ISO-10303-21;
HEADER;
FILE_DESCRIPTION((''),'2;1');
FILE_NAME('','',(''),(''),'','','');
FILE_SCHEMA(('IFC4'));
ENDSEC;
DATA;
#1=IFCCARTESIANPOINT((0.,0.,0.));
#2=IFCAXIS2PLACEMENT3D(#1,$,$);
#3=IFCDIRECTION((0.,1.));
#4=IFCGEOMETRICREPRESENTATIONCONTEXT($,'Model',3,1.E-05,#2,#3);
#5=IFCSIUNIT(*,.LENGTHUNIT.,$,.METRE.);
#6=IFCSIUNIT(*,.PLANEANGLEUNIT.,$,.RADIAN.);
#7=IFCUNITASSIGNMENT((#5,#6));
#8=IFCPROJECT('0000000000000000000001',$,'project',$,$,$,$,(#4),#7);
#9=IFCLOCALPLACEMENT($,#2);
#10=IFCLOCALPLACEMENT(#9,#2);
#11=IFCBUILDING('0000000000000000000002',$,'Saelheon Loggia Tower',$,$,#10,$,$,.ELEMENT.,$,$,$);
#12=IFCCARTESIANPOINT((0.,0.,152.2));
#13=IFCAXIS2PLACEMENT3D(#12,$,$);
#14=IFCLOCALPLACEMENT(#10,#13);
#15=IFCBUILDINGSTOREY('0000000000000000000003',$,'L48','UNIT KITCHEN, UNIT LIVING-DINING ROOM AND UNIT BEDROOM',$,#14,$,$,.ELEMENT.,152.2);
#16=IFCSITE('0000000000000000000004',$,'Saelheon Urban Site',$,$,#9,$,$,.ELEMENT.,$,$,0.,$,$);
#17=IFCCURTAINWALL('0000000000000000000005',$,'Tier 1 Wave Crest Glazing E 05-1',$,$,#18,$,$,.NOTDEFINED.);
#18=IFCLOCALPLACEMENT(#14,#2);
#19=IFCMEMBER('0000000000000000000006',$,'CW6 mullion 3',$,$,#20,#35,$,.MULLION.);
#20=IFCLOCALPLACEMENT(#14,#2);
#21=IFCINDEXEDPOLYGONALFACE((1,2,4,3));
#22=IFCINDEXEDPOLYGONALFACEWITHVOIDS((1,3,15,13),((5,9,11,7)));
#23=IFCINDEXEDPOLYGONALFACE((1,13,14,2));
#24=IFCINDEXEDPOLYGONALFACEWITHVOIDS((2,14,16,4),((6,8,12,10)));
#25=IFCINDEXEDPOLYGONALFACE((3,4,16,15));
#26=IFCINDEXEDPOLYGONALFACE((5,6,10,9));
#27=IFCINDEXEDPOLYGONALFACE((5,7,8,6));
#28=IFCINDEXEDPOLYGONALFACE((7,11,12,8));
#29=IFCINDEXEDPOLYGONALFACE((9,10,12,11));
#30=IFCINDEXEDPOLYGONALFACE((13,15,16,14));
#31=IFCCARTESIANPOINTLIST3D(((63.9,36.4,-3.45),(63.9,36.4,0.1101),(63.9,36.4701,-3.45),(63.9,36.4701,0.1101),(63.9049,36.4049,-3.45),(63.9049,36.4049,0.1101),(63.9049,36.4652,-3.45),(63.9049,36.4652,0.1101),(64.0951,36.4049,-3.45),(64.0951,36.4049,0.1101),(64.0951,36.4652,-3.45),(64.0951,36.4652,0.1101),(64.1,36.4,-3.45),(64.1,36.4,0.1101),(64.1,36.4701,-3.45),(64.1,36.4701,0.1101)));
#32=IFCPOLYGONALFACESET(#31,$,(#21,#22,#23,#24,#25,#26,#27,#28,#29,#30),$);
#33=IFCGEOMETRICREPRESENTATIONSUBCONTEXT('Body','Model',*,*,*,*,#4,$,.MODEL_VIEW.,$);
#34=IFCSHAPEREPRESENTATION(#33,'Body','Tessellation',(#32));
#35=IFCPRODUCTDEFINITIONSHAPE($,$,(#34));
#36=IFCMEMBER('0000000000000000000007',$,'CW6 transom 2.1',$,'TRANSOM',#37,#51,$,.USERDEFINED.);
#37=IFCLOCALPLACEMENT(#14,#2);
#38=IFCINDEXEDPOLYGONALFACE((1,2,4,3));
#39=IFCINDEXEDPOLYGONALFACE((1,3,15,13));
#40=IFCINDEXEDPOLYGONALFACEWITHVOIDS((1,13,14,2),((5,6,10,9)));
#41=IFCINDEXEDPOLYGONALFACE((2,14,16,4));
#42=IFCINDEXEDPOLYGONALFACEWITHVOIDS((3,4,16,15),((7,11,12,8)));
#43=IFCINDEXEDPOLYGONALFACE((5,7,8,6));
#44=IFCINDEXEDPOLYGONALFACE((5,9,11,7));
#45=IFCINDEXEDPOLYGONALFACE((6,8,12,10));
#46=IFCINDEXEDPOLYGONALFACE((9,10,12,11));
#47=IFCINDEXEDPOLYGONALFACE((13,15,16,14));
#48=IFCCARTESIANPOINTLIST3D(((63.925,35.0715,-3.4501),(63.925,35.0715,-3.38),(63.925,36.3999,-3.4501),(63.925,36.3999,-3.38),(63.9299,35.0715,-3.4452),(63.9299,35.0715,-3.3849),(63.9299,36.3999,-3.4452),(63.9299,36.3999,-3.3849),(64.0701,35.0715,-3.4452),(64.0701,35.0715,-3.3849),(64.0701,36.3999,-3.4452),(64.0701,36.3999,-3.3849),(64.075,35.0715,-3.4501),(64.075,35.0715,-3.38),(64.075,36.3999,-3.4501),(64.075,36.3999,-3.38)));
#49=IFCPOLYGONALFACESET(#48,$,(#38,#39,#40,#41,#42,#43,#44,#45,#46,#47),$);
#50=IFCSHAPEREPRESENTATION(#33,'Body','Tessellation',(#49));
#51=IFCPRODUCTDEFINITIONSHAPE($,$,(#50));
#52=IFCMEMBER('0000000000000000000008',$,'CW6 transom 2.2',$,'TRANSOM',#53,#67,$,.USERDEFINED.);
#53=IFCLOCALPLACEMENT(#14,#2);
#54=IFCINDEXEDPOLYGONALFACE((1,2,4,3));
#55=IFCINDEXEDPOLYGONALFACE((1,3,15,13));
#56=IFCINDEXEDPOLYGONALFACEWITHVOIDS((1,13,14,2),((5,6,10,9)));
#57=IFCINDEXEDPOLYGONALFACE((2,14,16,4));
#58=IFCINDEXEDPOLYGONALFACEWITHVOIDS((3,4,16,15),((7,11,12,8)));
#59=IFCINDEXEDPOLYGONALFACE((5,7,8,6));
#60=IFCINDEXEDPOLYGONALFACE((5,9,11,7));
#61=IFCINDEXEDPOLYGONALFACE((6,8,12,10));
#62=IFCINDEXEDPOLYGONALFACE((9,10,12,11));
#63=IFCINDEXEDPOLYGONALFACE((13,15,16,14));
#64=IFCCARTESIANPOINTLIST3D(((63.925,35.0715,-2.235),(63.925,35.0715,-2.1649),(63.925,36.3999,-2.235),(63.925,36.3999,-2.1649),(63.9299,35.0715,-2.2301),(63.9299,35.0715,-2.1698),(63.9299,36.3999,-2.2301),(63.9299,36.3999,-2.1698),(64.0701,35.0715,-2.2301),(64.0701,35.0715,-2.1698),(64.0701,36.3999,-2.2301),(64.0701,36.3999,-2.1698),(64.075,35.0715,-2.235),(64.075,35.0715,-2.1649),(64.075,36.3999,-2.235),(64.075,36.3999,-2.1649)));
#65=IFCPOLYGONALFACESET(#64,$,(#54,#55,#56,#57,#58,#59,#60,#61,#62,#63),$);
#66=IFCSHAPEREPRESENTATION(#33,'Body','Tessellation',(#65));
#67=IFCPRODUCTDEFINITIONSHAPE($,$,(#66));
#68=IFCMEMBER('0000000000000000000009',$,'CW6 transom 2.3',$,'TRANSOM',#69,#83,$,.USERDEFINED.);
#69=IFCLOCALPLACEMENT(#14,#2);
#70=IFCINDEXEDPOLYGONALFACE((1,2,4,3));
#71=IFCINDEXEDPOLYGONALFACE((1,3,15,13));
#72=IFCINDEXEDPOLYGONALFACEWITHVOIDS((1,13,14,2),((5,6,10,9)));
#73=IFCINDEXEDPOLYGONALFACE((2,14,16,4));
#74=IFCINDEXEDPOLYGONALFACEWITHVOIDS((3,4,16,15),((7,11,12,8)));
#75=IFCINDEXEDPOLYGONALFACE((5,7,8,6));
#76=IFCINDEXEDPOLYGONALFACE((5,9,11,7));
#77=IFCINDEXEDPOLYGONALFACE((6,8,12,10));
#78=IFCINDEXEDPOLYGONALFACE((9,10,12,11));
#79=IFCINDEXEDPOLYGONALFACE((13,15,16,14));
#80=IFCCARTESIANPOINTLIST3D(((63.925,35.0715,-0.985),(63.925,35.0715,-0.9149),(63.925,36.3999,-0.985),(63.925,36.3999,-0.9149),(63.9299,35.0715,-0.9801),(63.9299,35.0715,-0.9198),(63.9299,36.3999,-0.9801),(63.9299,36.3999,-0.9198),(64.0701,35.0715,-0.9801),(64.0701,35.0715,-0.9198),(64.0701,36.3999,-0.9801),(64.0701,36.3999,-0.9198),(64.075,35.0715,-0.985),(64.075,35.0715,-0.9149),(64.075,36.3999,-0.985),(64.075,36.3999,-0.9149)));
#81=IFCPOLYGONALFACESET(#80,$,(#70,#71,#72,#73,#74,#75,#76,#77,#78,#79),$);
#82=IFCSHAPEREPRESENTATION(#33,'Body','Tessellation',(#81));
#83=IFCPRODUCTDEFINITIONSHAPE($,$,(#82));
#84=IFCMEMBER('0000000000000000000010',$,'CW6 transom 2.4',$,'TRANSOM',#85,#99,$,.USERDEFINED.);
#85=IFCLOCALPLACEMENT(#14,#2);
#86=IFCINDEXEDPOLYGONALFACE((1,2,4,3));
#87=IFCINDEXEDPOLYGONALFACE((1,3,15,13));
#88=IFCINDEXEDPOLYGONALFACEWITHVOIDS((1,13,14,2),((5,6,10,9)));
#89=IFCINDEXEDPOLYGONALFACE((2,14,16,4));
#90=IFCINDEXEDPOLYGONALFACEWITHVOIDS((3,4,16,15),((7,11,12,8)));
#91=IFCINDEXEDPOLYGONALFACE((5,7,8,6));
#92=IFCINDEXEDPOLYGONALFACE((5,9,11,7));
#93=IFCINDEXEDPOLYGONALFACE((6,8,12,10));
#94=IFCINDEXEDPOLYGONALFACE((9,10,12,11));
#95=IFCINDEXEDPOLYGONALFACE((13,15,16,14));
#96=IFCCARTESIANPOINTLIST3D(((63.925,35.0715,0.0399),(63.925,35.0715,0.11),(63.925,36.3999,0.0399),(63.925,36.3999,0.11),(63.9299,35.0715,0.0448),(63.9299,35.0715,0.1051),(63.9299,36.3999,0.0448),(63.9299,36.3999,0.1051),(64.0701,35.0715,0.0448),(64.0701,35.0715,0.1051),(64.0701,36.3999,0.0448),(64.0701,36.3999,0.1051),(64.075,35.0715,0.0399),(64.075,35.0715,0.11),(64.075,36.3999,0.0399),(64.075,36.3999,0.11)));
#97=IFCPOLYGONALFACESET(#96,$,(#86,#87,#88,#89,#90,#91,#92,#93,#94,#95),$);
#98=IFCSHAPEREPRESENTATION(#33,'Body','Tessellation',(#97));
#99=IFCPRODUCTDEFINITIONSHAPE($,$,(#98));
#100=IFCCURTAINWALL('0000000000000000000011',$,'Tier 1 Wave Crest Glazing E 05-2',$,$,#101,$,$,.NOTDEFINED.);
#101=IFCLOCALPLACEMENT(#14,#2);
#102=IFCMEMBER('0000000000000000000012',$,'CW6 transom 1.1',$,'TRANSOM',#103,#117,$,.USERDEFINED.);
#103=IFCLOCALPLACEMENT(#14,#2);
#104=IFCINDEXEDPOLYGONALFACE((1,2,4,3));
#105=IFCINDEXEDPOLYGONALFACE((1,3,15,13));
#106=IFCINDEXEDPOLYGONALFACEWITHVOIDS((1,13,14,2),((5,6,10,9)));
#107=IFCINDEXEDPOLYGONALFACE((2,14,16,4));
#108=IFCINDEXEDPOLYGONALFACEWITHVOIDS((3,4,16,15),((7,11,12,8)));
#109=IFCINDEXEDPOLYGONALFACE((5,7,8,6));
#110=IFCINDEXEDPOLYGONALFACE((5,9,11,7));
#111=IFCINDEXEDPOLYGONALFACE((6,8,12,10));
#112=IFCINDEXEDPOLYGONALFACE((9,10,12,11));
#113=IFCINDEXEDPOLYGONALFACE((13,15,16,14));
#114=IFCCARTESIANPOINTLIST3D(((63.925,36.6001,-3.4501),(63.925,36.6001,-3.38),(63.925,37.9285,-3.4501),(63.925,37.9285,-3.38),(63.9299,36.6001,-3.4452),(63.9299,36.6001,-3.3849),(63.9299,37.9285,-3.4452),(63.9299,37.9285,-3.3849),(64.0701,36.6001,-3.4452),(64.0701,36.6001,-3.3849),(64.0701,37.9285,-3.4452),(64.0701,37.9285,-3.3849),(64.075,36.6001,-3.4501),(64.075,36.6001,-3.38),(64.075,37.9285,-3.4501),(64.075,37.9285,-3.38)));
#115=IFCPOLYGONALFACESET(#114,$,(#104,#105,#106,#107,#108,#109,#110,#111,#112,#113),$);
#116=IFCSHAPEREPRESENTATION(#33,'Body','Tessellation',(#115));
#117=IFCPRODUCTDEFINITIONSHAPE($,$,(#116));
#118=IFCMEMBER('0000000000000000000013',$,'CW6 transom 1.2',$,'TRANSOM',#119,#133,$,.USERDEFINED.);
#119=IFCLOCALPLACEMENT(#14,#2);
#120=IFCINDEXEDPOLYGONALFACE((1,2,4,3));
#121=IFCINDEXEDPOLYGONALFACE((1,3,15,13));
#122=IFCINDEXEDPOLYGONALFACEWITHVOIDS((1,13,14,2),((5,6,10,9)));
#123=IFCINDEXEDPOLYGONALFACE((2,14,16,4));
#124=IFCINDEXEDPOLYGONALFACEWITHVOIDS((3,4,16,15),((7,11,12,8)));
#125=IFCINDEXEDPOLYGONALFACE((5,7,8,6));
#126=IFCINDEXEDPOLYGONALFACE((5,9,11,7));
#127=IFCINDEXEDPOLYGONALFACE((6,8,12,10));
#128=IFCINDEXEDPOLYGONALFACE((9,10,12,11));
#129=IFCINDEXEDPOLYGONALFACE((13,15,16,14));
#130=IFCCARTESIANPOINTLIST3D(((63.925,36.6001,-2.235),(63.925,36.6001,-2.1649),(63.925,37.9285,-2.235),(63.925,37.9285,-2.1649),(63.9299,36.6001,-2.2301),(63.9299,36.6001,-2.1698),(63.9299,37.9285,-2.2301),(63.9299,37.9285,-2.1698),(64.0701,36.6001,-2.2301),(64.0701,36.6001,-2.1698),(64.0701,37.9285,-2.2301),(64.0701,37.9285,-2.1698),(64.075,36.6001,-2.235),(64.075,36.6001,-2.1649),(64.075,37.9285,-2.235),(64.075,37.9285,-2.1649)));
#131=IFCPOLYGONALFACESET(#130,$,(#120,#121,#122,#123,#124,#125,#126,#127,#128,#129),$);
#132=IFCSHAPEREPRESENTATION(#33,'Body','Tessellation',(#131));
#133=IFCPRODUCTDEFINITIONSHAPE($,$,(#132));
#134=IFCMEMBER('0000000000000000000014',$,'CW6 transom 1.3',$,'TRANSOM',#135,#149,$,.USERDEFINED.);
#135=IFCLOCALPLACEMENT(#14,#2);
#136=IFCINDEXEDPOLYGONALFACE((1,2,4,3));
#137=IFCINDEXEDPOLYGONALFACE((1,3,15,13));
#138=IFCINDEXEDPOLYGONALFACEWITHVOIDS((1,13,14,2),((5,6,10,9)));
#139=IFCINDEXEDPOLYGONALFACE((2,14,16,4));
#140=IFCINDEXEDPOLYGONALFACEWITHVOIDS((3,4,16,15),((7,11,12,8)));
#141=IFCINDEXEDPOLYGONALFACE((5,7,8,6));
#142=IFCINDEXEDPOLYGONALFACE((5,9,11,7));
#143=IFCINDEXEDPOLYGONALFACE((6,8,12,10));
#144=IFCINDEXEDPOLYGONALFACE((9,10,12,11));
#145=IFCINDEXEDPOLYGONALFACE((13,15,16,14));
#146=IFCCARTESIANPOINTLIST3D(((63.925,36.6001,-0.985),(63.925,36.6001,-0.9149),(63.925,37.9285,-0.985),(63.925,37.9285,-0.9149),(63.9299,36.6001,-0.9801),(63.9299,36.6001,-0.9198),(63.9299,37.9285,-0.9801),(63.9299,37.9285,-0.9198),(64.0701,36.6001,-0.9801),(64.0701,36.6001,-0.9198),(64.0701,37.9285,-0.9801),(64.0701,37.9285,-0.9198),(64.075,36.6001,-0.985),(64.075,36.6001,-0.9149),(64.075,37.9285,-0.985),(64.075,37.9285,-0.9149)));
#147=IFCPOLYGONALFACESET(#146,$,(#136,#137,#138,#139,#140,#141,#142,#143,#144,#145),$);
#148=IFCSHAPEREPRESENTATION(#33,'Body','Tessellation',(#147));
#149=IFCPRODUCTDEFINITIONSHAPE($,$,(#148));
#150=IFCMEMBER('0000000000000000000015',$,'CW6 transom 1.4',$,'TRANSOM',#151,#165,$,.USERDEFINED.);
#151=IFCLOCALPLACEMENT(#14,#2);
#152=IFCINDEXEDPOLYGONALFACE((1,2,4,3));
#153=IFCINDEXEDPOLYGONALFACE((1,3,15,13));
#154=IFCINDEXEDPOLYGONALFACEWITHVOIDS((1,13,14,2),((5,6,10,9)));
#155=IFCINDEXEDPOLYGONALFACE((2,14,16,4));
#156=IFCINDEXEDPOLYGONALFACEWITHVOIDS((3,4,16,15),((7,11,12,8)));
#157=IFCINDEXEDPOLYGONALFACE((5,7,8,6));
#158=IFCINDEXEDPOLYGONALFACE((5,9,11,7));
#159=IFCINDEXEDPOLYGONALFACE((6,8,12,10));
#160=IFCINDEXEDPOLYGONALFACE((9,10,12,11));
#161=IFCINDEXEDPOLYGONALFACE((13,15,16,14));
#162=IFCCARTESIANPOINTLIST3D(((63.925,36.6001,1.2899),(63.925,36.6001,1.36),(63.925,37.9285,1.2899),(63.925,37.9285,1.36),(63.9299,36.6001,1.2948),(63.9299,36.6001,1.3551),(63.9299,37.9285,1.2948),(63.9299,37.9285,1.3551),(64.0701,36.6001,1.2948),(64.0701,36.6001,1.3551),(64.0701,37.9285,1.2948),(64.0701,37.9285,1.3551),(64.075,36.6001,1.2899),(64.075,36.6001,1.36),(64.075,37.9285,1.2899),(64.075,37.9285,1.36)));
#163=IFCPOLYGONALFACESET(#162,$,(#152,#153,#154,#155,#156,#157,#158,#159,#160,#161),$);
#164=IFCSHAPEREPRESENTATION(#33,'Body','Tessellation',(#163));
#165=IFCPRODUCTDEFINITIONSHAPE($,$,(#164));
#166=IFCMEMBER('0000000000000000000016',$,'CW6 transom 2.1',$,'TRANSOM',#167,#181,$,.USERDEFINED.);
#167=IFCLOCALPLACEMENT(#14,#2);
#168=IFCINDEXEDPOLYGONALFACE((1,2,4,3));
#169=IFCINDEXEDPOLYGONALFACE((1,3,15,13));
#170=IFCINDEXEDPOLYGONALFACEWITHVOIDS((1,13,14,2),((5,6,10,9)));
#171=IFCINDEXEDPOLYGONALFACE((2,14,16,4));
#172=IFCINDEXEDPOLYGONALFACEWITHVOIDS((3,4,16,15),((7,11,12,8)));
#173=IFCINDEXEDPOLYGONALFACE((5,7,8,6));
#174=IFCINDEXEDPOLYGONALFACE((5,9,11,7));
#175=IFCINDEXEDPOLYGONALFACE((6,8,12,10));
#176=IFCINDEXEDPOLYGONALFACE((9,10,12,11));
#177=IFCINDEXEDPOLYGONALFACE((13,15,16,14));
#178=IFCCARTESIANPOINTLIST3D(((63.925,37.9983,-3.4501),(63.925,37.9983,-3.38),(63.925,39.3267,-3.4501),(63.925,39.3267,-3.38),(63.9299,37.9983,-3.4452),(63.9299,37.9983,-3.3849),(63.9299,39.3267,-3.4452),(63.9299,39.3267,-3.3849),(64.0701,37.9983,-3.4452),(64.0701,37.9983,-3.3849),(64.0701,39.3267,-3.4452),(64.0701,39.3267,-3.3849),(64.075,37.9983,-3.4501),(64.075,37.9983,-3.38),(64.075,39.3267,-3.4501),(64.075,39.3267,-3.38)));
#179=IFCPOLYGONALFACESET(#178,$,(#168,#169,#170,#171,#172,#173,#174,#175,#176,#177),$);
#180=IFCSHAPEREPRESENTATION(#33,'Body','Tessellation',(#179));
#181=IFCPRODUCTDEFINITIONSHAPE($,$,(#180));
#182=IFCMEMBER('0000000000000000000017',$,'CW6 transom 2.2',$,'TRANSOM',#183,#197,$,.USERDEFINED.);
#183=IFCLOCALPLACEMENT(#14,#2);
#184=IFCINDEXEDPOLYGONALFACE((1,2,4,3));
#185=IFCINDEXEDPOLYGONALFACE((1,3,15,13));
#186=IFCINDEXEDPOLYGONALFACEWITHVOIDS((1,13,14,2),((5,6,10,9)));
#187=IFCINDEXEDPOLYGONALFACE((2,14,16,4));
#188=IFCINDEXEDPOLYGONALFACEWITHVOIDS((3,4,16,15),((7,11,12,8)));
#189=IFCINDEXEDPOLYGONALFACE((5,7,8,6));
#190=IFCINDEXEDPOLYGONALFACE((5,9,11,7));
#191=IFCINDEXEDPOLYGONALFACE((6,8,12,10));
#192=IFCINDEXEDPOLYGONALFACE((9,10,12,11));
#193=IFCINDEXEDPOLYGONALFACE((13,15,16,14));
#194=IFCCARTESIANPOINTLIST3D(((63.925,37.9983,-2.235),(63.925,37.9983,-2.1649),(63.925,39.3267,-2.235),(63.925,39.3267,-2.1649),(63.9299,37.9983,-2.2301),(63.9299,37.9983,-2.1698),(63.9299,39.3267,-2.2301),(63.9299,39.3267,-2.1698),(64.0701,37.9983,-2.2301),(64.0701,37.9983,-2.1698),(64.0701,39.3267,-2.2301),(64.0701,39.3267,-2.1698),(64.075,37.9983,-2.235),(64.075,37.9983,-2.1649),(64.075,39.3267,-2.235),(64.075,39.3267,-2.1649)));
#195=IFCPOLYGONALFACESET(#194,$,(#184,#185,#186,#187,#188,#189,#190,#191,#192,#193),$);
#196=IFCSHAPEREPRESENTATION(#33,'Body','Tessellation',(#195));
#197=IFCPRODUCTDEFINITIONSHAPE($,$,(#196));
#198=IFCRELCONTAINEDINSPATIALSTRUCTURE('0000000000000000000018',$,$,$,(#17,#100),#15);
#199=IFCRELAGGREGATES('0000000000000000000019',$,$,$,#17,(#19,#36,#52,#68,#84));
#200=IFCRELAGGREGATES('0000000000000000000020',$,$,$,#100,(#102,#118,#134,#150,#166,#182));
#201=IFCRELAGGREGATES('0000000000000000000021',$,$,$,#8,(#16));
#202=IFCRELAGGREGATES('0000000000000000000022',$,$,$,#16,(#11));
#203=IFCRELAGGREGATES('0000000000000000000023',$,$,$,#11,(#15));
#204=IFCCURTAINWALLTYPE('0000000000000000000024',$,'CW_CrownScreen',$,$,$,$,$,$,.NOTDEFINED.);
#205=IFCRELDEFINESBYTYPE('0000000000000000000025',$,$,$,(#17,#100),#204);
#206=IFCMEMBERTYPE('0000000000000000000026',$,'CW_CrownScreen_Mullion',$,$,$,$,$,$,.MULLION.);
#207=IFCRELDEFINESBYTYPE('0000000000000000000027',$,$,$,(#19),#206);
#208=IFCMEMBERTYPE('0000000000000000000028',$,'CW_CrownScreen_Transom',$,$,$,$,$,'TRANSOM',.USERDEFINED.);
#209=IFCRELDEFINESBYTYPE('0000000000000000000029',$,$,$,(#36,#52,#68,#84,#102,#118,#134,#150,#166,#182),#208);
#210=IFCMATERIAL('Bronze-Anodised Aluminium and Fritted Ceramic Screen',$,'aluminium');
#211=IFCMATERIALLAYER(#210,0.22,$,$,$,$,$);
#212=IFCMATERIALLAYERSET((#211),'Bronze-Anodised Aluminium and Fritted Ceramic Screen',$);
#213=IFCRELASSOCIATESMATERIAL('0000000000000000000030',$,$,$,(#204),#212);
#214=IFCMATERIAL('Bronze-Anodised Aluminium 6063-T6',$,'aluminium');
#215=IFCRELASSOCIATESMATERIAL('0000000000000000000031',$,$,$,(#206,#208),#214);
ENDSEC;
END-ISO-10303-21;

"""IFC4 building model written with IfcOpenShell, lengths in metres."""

from ifc_helpers import new_model, si_unit, direction, frame, origin, origin_2d, place, context, subcontext, project, spatial, hollow_rectangle, extrude, source, transform, mapped, material, layer, layer_set, material_profile, profile_set, type_object, element, aggregate, save


model = new_model("IFC4")

# Units and contexts
model_context = context("Model", 3, precision=1e-05, world=origin(), true_north=direction((0.0, 1.0)))
body_context = subcontext(model_context, "Body", "Model", "MODEL_VIEW")
ifc_project = project(units=[si_unit("LENGTHUNIT", "METRE"), si_unit("PLANEANGLEUNIT", "RADIAN")], contexts=[model_context])

# Site, building, storey
site_placement = place(None, origin())
site = spatial("IfcSite", under=ifc_project, at=site_placement, Name="Saelheon Urban Site", CompositionType="ELEMENT", RefElevation=0.0)
building_placement = place(site_placement, origin())
building = spatial("IfcBuilding", under=site, at=building_placement, Name="Saelheon Loggia Tower", CompositionType="ELEMENT")
storey_placement = place(building_placement, frame((0.0, 0.0, 152.2)))
storey = spatial("IfcBuildingStorey", under=building, at=storey_placement, Name="L48", Description="UNIT KITCHEN, UNIT LIVING-DINING ROOM AND UNIT BEDROOM", CompositionType="ELEMENT", Elevation=152.2)

# Curtain walls, members
ifc_material_1 = material(Name="Bronze-Anodised Aluminium and Fritted Ceramic Screen", Category="aluminium")
ifc_layer_1 = layer(ifc_material_1, 0.22)
ifc_layer_set_1 = layer_set([ifc_layer_1], Name="Bronze-Anodised Aluminium and Fritted Ceramic Screen")
curtain_wall_type = type_object("IfcCurtainWallType", Name="CW_CrownScreen", PredefinedType="NOTDEFINED", material=ifc_layer_set_1)
curtain_wall_1_placement = place(storey_placement, origin())
curtain_wall_1 = element("IfcCurtainWall", 1, at=curtain_wall_1_placement, inside=storey, type_object=curtain_wall_type, Name="Tier 1 Wave Crest Glazing E 05-1", PredefinedType="NOTDEFINED")
ifc_material_2 = material(Name="Bronze-Anodised Aluminium 6063-T6", Category="aluminium")
ifc_material_profile_1 = material_profile(ifc_material_2, hollow_rectangle(XDim=0.0701, YDim=0.2, WallThickness=0.0049, at=origin_2d()), Name="RHS-200x70x5")
ifc_profile_set_1 = profile_set([ifc_material_profile_1], Name="Bronze-Anodised Aluminium 6063-T6")
member_type_1 = type_object("IfcMemberType", Name="CW_CrownScreen_Mullion", PredefinedType="MULLION", material=ifc_profile_set_1)
shared_shape_1 = source(origin(), body_context, "Body", "SweptSolid", [
    extrude(hollow_rectangle(XDim=0.0701, YDim=0.2, WallThickness=0.0049, at=origin_2d()), origin(), (0.0, 0.0, 1.0), 3.5601),
])
member_1_placement = place(storey_placement, frame((64.0, 36.4351, -3.45), z_axis=(0.0, 0.0, 1.0), x_axis=(0.0, 1.0, 0.0)))
member_1 = element("IfcMember", 2, at=member_1_placement, type_object=member_type_1, Name="CW6 mullion 3", PredefinedType="MULLION", context=body_context, shape_type="MappedRepresentation", body=[
    mapped(shared_shape_1, transform((0.0, 0.0, 0.0), scale=1.0)),
])
ifc_material_profile_2 = material_profile(ifc_material_2, hollow_rectangle(XDim=0.0701, YDim=0.1499, WallThickness=0.0049, at=origin_2d()), Name="RHS-150x70x5")
ifc_profile_set_2 = profile_set([ifc_material_profile_2], Name="Bronze-Anodised Aluminium 6063-T6")
member_type_2 = type_object("IfcMemberType", Name="CW_CrownScreen_Transom", ElementType="TRANSOM", PredefinedType="USERDEFINED", material=ifc_profile_set_2)
shared_shape_2 = source(origin(), body_context, "Body", "SweptSolid", [
    extrude(hollow_rectangle(XDim=0.0701, YDim=0.1499, WallThickness=0.0049, at=origin_2d()), origin(), (0.0, 0.0, 1.0), 1.3284),
])
member_2_placement = place(storey_placement, frame((64.0, 35.0715, -3.415), z_axis=(0.0, 1.0, 0.0), x_axis=(0.0, 0.0, 1.0)))
member_2 = element("IfcMember", 3, at=member_2_placement, type_object=member_type_2, Name="CW6 transom 2.1", ObjectType="TRANSOM", PredefinedType="USERDEFINED", context=body_context, shape_type="MappedRepresentation", body=[
    mapped(shared_shape_2, transform((0.0, 0.0, 0.0), scale=1.0)),
])
member_3_placement = place(storey_placement, frame((64.0, 35.0715, -2.2), z_axis=(0.0, 1.0, 0.0), x_axis=(0.0, 0.0, 1.0)))
member_3 = element("IfcMember", 4, at=member_3_placement, type_object=member_type_2, Name="CW6 transom 2.2", ObjectType="TRANSOM", PredefinedType="USERDEFINED", context=body_context, shape_type="MappedRepresentation", body=[
    mapped(shared_shape_2, transform((0.0, 0.0, 0.0), scale=1.0)),
])
member_4_placement = place(storey_placement, frame((64.0, 35.0715, -0.95), z_axis=(0.0, 1.0, 0.0), x_axis=(0.0, 0.0, 1.0)))
member_4 = element("IfcMember", 5, at=member_4_placement, type_object=member_type_2, Name="CW6 transom 2.3", ObjectType="TRANSOM", PredefinedType="USERDEFINED", context=body_context, shape_type="MappedRepresentation", body=[
    mapped(shared_shape_2, transform((0.0, 0.0, 0.0), scale=1.0)),
])
member_5_placement = place(storey_placement, frame((64.0, 35.0715, 0.075), z_axis=(0.0, 1.0, 0.0), x_axis=(0.0, 0.0, 1.0)))
member_5 = element("IfcMember", 6, at=member_5_placement, type_object=member_type_2, Name="CW6 transom 2.4", ObjectType="TRANSOM", PredefinedType="USERDEFINED", context=body_context, shape_type="MappedRepresentation", body=[
    mapped(shared_shape_2, transform((0.0, 0.0, 0.0), scale=1.0)),
])
curtain_wall_2_placement = place(storey_placement, origin())
curtain_wall_2 = element("IfcCurtainWall", 7, at=curtain_wall_2_placement, inside=storey, type_object=curtain_wall_type, Name="Tier 1 Wave Crest Glazing E 05-2", PredefinedType="NOTDEFINED")
member_6_placement = place(storey_placement, frame((64.0, 36.6001, -3.415), z_axis=(0.0, 1.0, 0.0), x_axis=(0.0, 0.0, 1.0)))
member_6 = element("IfcMember", 8, at=member_6_placement, type_object=member_type_2, Name="CW6 transom 1.1", ObjectType="TRANSOM", PredefinedType="USERDEFINED", context=body_context, shape_type="MappedRepresentation", body=[
    mapped(shared_shape_2, transform((0.0, 0.0, 0.0), scale=1.0)),
])
member_7_placement = place(storey_placement, frame((64.0, 36.6001, -2.2), z_axis=(0.0, 1.0, 0.0), x_axis=(0.0, 0.0, 1.0)))
member_7 = element("IfcMember", 9, at=member_7_placement, type_object=member_type_2, Name="CW6 transom 1.2", ObjectType="TRANSOM", PredefinedType="USERDEFINED", context=body_context, shape_type="MappedRepresentation", body=[
    mapped(shared_shape_2, transform((0.0, 0.0, 0.0), scale=1.0)),
])
member_8_placement = place(storey_placement, frame((64.0, 36.6001, -0.95), z_axis=(0.0, 1.0, 0.0), x_axis=(0.0, 0.0, 1.0)))
member_8 = element("IfcMember", 10, at=member_8_placement, type_object=member_type_2, Name="CW6 transom 1.3", ObjectType="TRANSOM", PredefinedType="USERDEFINED", context=body_context, shape_type="MappedRepresentation", body=[
    mapped(shared_shape_2, transform((0.0, 0.0, 0.0), scale=1.0)),
])
member_9_placement = place(storey_placement, frame((64.0, 36.6001, 1.325), z_axis=(0.0, 1.0, 0.0), x_axis=(0.0, 0.0, 1.0)))
member_9 = element("IfcMember", 11, at=member_9_placement, type_object=member_type_2, Name="CW6 transom 1.4", ObjectType="TRANSOM", PredefinedType="USERDEFINED", context=body_context, shape_type="MappedRepresentation", body=[
    mapped(shared_shape_2, transform((0.0, 0.0, 0.0), scale=1.0)),
])
member_10_placement = place(storey_placement, frame((64.0, 37.9983, -3.415), z_axis=(0.0, 1.0, 0.0), x_axis=(0.0, 0.0, 1.0)))
member_10 = element("IfcMember", 12, at=member_10_placement, type_object=member_type_2, Name="CW6 transom 2.1", ObjectType="TRANSOM", PredefinedType="USERDEFINED", context=body_context, shape_type="MappedRepresentation", body=[
    mapped(shared_shape_2, transform((0.0, 0.0, 0.0), scale=1.0)),
])
member_11_placement = place(storey_placement, frame((64.0, 37.9983, -2.2), z_axis=(0.0, 1.0, 0.0), x_axis=(0.0, 0.0, 1.0)))
member_11 = element("IfcMember", 13, at=member_11_placement, type_object=member_type_2, Name="CW6 transom 2.2", ObjectType="TRANSOM", PredefinedType="USERDEFINED", context=body_context, shape_type="MappedRepresentation", body=[
    mapped(shared_shape_2, transform((0.0, 0.0, 0.0), scale=1.0)),
])

aggregate(curtain_wall_1, [member_1, member_2, member_3, member_4, member_5])
aggregate(curtain_wall_2, [member_6, member_7, member_8, member_9, member_10, member_11])

save(model, "model.ifc")
